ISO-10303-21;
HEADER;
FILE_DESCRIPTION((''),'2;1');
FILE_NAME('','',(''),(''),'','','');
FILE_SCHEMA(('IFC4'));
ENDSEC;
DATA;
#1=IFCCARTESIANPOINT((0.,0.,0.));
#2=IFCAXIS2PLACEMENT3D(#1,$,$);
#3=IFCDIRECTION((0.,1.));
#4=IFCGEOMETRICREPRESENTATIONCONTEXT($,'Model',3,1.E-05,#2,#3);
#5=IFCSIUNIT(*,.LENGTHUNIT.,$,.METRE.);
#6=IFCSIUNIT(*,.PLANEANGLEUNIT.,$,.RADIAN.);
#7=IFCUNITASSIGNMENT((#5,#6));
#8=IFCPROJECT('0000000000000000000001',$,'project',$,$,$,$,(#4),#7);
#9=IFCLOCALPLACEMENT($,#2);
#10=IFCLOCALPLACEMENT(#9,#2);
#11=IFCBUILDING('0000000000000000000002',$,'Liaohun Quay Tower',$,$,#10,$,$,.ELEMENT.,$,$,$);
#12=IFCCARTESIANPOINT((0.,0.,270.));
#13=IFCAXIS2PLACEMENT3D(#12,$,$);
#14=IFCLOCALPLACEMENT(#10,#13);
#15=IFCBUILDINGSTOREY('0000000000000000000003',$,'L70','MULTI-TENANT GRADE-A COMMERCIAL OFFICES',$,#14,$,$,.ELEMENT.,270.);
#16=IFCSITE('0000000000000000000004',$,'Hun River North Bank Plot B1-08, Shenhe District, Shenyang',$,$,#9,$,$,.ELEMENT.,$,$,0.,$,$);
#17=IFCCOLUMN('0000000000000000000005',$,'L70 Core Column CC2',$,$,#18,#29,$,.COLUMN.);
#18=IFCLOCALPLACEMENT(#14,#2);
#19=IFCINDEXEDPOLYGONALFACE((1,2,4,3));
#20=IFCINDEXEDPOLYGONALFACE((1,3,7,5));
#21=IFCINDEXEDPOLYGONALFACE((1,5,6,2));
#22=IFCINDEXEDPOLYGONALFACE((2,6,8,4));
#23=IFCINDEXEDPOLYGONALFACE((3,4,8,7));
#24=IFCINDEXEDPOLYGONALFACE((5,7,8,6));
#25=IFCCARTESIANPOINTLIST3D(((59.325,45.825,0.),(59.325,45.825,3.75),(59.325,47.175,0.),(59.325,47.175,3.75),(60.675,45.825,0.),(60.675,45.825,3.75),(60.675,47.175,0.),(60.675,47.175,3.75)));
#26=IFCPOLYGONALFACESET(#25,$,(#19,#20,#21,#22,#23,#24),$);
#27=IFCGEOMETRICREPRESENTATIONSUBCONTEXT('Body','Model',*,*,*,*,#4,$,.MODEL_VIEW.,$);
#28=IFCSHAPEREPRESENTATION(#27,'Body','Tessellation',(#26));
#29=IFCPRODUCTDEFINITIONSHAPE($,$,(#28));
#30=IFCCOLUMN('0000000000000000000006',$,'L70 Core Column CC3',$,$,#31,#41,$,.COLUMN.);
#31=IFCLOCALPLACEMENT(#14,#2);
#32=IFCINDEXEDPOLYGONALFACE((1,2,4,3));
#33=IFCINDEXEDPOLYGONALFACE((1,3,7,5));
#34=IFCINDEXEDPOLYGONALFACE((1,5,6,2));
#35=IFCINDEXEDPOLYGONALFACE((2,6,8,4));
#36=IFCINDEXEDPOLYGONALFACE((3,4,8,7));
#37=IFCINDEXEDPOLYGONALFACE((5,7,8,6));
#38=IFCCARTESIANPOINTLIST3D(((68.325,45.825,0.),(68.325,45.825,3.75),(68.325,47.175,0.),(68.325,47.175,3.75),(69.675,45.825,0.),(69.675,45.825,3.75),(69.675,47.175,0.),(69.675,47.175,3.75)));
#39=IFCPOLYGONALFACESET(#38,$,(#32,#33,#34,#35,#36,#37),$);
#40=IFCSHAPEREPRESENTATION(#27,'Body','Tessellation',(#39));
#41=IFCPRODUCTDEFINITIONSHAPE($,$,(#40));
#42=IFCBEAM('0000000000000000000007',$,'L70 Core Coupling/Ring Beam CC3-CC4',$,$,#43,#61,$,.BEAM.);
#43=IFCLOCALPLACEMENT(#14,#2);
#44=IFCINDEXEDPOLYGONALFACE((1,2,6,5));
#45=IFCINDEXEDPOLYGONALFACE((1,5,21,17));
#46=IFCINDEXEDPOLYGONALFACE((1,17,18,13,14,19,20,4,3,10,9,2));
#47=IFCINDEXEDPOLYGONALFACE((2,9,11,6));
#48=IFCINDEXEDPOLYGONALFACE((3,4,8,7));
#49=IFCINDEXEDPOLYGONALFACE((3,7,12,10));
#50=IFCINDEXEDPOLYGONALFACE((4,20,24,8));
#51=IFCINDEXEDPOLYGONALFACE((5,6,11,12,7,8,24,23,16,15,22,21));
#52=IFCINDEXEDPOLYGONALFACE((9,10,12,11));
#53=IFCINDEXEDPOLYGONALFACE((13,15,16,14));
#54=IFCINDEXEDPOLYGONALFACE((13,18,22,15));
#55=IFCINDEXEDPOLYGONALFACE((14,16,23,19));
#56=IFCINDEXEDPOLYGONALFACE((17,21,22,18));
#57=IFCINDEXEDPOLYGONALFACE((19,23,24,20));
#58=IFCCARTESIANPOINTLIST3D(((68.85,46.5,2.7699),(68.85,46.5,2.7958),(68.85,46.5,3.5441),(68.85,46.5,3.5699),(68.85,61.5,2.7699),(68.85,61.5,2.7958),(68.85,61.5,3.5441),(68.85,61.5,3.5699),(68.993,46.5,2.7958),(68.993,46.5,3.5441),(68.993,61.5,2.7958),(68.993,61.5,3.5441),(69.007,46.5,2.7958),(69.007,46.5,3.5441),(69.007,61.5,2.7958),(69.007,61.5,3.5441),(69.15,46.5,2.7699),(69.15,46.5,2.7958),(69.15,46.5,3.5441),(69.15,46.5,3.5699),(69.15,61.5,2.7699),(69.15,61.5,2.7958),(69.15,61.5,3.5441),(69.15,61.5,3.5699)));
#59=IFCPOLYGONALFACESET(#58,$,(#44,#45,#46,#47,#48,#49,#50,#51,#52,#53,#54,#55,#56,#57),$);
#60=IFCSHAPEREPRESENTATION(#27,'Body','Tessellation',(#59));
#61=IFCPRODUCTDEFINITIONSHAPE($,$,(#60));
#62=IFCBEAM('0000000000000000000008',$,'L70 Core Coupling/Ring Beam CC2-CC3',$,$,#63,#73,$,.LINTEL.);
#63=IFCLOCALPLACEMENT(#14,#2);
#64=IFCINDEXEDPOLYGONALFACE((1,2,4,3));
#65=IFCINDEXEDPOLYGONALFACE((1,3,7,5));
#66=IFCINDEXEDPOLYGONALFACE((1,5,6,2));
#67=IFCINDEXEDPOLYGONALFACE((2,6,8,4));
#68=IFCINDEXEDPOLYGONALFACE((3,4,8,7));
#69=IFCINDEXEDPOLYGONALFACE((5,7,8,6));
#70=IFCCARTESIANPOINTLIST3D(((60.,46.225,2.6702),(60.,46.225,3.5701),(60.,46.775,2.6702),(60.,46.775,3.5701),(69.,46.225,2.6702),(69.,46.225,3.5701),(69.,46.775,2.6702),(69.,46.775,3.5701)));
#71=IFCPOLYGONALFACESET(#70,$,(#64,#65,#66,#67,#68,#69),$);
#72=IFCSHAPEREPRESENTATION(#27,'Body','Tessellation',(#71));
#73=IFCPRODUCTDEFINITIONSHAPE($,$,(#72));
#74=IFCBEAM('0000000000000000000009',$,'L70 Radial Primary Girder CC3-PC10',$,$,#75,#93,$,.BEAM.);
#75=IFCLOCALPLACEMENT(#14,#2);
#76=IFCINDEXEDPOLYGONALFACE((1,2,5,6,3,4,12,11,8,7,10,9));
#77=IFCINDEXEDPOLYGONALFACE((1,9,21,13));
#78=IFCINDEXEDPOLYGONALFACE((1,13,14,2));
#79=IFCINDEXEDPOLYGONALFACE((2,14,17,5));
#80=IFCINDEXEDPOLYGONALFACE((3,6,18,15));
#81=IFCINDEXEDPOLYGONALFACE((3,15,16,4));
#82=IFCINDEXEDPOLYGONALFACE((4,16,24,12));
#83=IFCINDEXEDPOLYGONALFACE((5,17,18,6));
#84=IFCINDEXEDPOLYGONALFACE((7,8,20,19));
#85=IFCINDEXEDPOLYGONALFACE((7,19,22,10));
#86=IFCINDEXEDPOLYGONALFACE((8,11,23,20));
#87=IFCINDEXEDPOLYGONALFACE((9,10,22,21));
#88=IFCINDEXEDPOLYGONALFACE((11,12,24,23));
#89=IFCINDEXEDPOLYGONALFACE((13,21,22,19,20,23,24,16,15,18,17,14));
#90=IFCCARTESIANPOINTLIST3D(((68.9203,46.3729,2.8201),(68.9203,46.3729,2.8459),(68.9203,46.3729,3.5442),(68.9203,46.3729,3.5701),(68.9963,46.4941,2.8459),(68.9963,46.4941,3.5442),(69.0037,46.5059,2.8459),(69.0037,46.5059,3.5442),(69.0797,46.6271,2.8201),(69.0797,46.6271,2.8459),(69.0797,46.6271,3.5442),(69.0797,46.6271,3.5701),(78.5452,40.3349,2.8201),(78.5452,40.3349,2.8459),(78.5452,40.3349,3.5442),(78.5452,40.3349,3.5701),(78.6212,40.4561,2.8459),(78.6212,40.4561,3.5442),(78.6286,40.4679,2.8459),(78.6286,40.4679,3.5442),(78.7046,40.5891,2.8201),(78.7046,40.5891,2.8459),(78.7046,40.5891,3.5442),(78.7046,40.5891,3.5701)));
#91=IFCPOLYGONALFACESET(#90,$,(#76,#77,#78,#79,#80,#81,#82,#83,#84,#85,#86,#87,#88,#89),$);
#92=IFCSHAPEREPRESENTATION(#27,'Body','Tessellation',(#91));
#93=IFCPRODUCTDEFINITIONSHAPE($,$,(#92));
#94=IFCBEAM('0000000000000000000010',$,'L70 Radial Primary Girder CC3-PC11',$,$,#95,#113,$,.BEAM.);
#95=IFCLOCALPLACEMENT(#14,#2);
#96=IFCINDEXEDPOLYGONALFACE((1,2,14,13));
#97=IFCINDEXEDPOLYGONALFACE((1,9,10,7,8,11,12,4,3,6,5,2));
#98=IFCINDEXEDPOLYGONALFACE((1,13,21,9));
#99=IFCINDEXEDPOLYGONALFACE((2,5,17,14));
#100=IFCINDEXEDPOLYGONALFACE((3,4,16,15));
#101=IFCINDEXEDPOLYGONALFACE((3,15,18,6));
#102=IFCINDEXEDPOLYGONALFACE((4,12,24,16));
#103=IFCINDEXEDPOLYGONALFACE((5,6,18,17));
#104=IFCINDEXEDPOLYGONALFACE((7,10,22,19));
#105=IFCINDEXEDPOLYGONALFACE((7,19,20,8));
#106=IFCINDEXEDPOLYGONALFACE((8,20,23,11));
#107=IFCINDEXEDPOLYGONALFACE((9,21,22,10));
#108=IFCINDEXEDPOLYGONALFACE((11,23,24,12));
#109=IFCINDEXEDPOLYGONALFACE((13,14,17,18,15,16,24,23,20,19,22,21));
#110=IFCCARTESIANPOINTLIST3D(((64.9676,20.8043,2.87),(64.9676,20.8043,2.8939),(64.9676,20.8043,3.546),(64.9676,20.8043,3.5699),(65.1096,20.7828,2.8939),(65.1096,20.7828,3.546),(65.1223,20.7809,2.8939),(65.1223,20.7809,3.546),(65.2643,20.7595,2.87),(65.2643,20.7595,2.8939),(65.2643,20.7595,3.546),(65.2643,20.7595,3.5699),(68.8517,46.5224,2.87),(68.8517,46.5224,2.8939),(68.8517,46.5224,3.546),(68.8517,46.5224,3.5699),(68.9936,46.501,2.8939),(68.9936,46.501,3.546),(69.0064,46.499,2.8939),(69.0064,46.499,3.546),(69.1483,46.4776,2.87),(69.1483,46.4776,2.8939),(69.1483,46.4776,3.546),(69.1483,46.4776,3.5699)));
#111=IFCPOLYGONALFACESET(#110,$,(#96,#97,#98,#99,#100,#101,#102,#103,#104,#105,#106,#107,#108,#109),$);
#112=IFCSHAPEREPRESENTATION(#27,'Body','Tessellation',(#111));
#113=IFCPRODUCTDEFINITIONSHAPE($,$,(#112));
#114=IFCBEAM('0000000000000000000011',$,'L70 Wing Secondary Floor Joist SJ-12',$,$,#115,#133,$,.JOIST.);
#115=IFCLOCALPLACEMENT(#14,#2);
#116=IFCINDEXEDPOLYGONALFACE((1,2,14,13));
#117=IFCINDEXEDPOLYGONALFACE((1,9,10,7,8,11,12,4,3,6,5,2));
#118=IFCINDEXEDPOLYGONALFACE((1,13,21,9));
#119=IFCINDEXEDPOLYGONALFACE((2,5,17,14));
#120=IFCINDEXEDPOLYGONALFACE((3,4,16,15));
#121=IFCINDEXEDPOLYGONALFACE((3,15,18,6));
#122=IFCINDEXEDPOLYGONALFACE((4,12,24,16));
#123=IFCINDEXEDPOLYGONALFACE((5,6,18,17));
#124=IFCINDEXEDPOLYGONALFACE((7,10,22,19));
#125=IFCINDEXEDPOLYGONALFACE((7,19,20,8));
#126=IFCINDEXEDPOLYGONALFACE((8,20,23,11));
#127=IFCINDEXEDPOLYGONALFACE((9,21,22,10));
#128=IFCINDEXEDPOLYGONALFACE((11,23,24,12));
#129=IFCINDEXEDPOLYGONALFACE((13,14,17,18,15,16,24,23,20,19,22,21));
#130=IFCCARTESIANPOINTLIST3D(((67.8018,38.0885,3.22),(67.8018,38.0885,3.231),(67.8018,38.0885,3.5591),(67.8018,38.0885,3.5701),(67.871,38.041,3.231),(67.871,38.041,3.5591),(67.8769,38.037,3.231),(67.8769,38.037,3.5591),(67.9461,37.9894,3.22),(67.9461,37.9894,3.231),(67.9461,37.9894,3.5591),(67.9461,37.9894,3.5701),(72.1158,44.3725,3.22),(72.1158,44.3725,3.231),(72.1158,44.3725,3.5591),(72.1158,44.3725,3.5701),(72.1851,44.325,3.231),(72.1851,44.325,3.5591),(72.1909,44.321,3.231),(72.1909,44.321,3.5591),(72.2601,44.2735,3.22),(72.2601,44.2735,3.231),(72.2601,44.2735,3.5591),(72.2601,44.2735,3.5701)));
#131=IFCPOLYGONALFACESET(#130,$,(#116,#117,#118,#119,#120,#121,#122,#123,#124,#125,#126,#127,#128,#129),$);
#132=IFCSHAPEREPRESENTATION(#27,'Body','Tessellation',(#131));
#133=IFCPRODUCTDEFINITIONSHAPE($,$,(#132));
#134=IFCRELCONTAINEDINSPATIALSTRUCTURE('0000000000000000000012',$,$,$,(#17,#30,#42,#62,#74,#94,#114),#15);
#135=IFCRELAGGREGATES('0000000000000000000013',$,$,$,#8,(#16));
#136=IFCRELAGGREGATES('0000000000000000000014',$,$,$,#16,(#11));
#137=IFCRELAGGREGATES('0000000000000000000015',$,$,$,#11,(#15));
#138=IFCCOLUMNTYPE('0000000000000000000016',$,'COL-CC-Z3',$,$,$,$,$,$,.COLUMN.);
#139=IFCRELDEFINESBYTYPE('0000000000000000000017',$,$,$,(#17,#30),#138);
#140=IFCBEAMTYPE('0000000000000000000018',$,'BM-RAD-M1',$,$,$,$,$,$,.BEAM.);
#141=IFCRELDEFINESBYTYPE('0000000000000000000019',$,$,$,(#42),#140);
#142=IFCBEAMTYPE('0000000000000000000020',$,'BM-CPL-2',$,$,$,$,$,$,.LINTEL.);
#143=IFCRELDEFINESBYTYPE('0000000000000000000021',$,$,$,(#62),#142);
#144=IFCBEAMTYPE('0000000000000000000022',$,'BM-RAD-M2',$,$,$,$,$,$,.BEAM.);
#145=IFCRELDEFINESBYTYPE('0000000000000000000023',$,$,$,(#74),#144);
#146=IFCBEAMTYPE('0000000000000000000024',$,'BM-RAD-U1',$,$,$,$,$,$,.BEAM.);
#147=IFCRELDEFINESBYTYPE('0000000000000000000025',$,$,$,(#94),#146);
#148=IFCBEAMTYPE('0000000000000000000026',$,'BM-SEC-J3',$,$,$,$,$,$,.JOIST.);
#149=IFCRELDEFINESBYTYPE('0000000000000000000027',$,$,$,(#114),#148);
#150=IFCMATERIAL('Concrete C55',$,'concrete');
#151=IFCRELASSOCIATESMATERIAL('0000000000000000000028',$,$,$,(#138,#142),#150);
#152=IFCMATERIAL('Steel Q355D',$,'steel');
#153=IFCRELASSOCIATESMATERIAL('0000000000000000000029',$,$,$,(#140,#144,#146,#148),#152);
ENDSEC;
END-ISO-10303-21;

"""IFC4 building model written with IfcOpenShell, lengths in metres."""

from ifc_helpers import new_model, si_unit, direction, frame, origin, origin_2d, place, context, subcontext, project, spatial, rectangle, i_section, extrude, source, transform, mapped, material, material_profile, profile_set, type_object, element, save


model = new_model("IFC4")

# Units and contexts
model_context = context("Model", 3, precision=1e-05, world=origin(), true_north=direction((0.0, 1.0)))
body_context = subcontext(model_context, "Body", "Model", "MODEL_VIEW")
ifc_project = project(units=[si_unit("LENGTHUNIT", "METRE"), si_unit("PLANEANGLEUNIT", "RADIAN")], contexts=[model_context])

# Site, building, storey
site_placement = place(None, origin())
site = spatial("IfcSite", under=ifc_project, at=site_placement, Name="Hun River North Bank Plot B1-08, Shenhe District, Shenyang", CompositionType="ELEMENT", RefElevation=0.0)
building_placement = place(site_placement, origin())
building = spatial("IfcBuilding", under=site, at=building_placement, Name="Liaohun Quay Tower", CompositionType="ELEMENT")
storey_placement = place(building_placement, frame((0.0, 0.0, 270.0)))
storey = spatial("IfcBuildingStorey", under=building, at=storey_placement, Name="L70", Description="MULTI-TENANT GRADE-A COMMERCIAL OFFICES", CompositionType="ELEMENT", Elevation=270.0)

# Columns
ifc_material_1 = material(Name="Concrete C55", Category="concrete")
ifc_material_profile_1 = material_profile(ifc_material_1, rectangle(XDim=1.3501, YDim=1.3501, at=origin_2d()), Name="RC1350x1350")
ifc_profile_set_1 = profile_set([ifc_material_profile_1], Name="Concrete C55")
column_type = type_object("IfcColumnType", Name="COL-CC-Z3", PredefinedType="COLUMN", material=ifc_profile_set_1)
shared_shape_1 = source(origin(), body_context, "Body", "SweptSolid", [
    extrude(rectangle(XDim=1.3501, YDim=1.3501, at=origin_2d()), origin(), (0.0, 0.0, 1.0), 3.75),
])
for number, where, z_axis, x_axis, name in (
    (1, (60.0, 46.5, 0.0), (0.0, 0.0, 1.0), (1.0, 0.0, 0.0), "L70 Core Column CC2"),
    (2, (69.0, 46.5, 0.0), (0.0, 0.0, 1.0), (1.0, 0.0, 0.0), "L70 Core Column CC3"),
):
    element("IfcColumn", number, at=place(storey_placement, frame(where, z_axis=z_axis, x_axis=x_axis)), inside=storey, type_object=column_type, Name=name, PredefinedType="COLUMN", context=body_context, shape_type="MappedRepresentation", body=[
        mapped(shared_shape_1, transform((0.0, 0.0, 0.0), x_axis=(1.0, 0.0, 0.0), y_axis=(0.0, 1.0, 0.0), z_axis=(0.0, 0.0, 1.0), scale=1.0)),
    ])

# Beams
ifc_material_2 = material(Name="Steel Q355D", Category="steel")
ifc_material_profile_2 = material_profile(ifc_material_2, i_section(OverallWidth=0.3, OverallDepth=0.8, WebThickness=0.0139, FlangeThickness=0.0259, at=origin_2d()), Name="HN800x300x14x26")
ifc_profile_set_2 = profile_set([ifc_material_profile_2], Name="Steel Q355D")
beam_type_1 = type_object("IfcBeamType", Name="BM-RAD-M1", PredefinedType="BEAM", material=ifc_profile_set_2)
shared_shape_2 = source(origin(), body_context, "Body", "SweptSolid", [
    extrude(i_section(OverallWidth=0.3, OverallDepth=0.8, WebThickness=0.0139, FlangeThickness=0.0259, at=origin_2d()), origin(), (0.0, 0.0, 1.0), 15.0),
])
beam_1_placement = place(storey_placement, frame((69.0, 46.5, 3.1699), z_axis=(0.0, 1.0, 0.0), x_axis=(-1.0, 0.0, 0.0)))
element("IfcBeam", 3, at=beam_1_placement, inside=storey, type_object=beam_type_1, Name="L70 Core Coupling/Ring Beam CC3-CC4", PredefinedType="BEAM", context=body_context, shape_type="MappedRepresentation", body=[
    mapped(shared_shape_2, transform((0.0, 0.0, 0.0), x_axis=(1.0, 0.0, 0.0), y_axis=(0.0, 1.0, 0.0), z_axis=(0.0, 0.0, 1.0), scale=1.0)),
])
ifc_material_profile_3 = material_profile(ifc_material_1, rectangle(XDim=0.55, YDim=0.8999, at=origin_2d()), Name="RC550x900")
ifc_profile_set_3 = profile_set([ifc_material_profile_3], Name="Concrete C55")
beam_type_2 = type_object("IfcBeamType", Name="BM-CPL-2", PredefinedType="LINTEL", material=ifc_profile_set_3)
shared_shape_3 = source(origin(), body_context, "Body", "SweptSolid", [
    extrude(rectangle(XDim=0.55, YDim=0.8999, at=origin_2d()), origin(), (0.0, 0.0, 1.0), 9.0),
])
beam_2_placement = place(storey_placement, frame((60.0, 46.5, 3.1201), z_axis=(1.0, 0.0, 0.0), x_axis=(0.0, 1.0, 0.0)))
element("IfcBeam", 4, at=beam_2_placement, inside=storey, type_object=beam_type_2, Name="L70 Core Coupling/Ring Beam CC2-CC3", PredefinedType="LINTEL", context=body_context, shape_type="MappedRepresentation", body=[
    mapped(shared_shape_3, transform((0.0, 0.0, 0.0), x_axis=(1.0, 0.0, 0.0), y_axis=(0.0, 1.0, 0.0), z_axis=(0.0, 0.0, 1.0), scale=1.0)),
])
ifc_material_profile_4 = material_profile(ifc_material_2, i_section(OverallWidth=0.3, OverallDepth=0.75, WebThickness=0.0139, FlangeThickness=0.0259, at=origin_2d()), Name="HN750x300x14x26")
ifc_profile_set_4 = profile_set([ifc_material_profile_4], Name="Steel Q355D")
beam_type_3 = type_object("IfcBeamType", Name="BM-RAD-M2", PredefinedType="BEAM", material=ifc_profile_set_4)
shared_shape_4 = source(origin(), body_context, "Body", "SweptSolid", [
    extrude(i_section(OverallWidth=0.3, OverallDepth=0.75, WebThickness=0.0139, FlangeThickness=0.0259, at=origin_2d()), origin(), (0.0, 0.0, 1.0), 11.3621),
])
beam_3_placement = place(storey_placement, frame((69.0, 46.5, 3.1951), z_axis=(0.847109, -0.53142, 0.0), x_axis=(0.53142, 0.847109, 0.0)))
element("IfcBeam", 5, at=beam_3_placement, inside=storey, type_object=beam_type_3, Name="L70 Radial Primary Girder CC3-PC10", PredefinedType="BEAM", context=body_context, shape_type="MappedRepresentation", body=[
    mapped(shared_shape_4, transform((0.0, 0.0, 0.0), x_axis=(1.0, 0.0, 0.0), y_axis=(0.0, 1.0, 0.0), z_axis=(0.0, 0.0, 1.0), scale=1.0)),
])
ifc_material_profile_5 = material_profile(ifc_material_2, i_section(OverallWidth=0.3, OverallDepth=0.7, WebThickness=0.0129, FlangeThickness=0.0239, at=origin_2d()), Name="HN700x300x13x24")
ifc_profile_set_5 = profile_set([ifc_material_profile_5], Name="Steel Q355D")
beam_type_4 = type_object("IfcBeamType", Name="BM-RAD-U1", PredefinedType="BEAM", material=ifc_profile_set_5)
shared_shape_5 = source(origin(), body_context, "Body", "SweptSolid", [
    extrude(i_section(OverallWidth=0.3, OverallDepth=0.7, WebThickness=0.0129, FlangeThickness=0.0239, at=origin_2d()), origin(), (0.0, 0.0, 1.0), 26.0098),
])
beam_4_placement = place(storey_placement, frame((69.0, 46.5, 3.22), z_axis=(-0.14933, -0.988787, 0.0), x_axis=(0.988787, -0.14933, 0.0)))
element("IfcBeam", 6, at=beam_4_placement, inside=storey, type_object=beam_type_4, Name="L70 Radial Primary Girder CC3-PC11", PredefinedType="BEAM", context=body_context, shape_type="MappedRepresentation", body=[
    mapped(shared_shape_5, transform((0.0, 0.0, 0.0), x_axis=(1.0, 0.0, 0.0), y_axis=(0.0, 1.0, 0.0), z_axis=(0.0, 0.0, 1.0), scale=1.0)),
])
ifc_material_profile_6 = material_profile(ifc_material_2, i_section(OverallWidth=0.175, OverallDepth=0.3501, WebThickness=0.0071, FlangeThickness=0.011, at=origin_2d()), Name="HN350x175x7x11")
ifc_profile_set_6 = profile_set([ifc_material_profile_6], Name="Steel Q355D")
beam_type_5 = type_object("IfcBeamType", Name="BM-SEC-J3", PredefinedType="JOIST", material=ifc_profile_set_6)
shared_shape_6 = source(origin(), body_context, "Body", "SweptSolid", [
    extrude(i_section(OverallWidth=0.175, OverallDepth=0.3501, WebThickness=0.0071, FlangeThickness=0.011, at=origin_2d()), origin(), (0.0, 0.0, 1.0), 7.6223),
])
beam_5_placement = place(storey_placement, frame((72.188, 44.323, 3.395), z_axis=(-0.565973, -0.824424, 0.0), x_axis=(0.824424, -0.565973, 0.0)))
element("IfcBeam", 7, at=beam_5_placement, inside=storey, type_object=beam_type_5, Name="L70 Wing Secondary Floor Joist SJ-12", PredefinedType="JOIST", context=body_context, shape_type="MappedRepresentation", body=[
    mapped(shared_shape_6, transform((0.0, 0.0, 0.0), x_axis=(1.0, 0.0, 0.0), y_axis=(0.0, 1.0, 0.0), z_axis=(0.0, 0.0, 1.0), scale=1.0)),
])

save(model, "model.ifc")
